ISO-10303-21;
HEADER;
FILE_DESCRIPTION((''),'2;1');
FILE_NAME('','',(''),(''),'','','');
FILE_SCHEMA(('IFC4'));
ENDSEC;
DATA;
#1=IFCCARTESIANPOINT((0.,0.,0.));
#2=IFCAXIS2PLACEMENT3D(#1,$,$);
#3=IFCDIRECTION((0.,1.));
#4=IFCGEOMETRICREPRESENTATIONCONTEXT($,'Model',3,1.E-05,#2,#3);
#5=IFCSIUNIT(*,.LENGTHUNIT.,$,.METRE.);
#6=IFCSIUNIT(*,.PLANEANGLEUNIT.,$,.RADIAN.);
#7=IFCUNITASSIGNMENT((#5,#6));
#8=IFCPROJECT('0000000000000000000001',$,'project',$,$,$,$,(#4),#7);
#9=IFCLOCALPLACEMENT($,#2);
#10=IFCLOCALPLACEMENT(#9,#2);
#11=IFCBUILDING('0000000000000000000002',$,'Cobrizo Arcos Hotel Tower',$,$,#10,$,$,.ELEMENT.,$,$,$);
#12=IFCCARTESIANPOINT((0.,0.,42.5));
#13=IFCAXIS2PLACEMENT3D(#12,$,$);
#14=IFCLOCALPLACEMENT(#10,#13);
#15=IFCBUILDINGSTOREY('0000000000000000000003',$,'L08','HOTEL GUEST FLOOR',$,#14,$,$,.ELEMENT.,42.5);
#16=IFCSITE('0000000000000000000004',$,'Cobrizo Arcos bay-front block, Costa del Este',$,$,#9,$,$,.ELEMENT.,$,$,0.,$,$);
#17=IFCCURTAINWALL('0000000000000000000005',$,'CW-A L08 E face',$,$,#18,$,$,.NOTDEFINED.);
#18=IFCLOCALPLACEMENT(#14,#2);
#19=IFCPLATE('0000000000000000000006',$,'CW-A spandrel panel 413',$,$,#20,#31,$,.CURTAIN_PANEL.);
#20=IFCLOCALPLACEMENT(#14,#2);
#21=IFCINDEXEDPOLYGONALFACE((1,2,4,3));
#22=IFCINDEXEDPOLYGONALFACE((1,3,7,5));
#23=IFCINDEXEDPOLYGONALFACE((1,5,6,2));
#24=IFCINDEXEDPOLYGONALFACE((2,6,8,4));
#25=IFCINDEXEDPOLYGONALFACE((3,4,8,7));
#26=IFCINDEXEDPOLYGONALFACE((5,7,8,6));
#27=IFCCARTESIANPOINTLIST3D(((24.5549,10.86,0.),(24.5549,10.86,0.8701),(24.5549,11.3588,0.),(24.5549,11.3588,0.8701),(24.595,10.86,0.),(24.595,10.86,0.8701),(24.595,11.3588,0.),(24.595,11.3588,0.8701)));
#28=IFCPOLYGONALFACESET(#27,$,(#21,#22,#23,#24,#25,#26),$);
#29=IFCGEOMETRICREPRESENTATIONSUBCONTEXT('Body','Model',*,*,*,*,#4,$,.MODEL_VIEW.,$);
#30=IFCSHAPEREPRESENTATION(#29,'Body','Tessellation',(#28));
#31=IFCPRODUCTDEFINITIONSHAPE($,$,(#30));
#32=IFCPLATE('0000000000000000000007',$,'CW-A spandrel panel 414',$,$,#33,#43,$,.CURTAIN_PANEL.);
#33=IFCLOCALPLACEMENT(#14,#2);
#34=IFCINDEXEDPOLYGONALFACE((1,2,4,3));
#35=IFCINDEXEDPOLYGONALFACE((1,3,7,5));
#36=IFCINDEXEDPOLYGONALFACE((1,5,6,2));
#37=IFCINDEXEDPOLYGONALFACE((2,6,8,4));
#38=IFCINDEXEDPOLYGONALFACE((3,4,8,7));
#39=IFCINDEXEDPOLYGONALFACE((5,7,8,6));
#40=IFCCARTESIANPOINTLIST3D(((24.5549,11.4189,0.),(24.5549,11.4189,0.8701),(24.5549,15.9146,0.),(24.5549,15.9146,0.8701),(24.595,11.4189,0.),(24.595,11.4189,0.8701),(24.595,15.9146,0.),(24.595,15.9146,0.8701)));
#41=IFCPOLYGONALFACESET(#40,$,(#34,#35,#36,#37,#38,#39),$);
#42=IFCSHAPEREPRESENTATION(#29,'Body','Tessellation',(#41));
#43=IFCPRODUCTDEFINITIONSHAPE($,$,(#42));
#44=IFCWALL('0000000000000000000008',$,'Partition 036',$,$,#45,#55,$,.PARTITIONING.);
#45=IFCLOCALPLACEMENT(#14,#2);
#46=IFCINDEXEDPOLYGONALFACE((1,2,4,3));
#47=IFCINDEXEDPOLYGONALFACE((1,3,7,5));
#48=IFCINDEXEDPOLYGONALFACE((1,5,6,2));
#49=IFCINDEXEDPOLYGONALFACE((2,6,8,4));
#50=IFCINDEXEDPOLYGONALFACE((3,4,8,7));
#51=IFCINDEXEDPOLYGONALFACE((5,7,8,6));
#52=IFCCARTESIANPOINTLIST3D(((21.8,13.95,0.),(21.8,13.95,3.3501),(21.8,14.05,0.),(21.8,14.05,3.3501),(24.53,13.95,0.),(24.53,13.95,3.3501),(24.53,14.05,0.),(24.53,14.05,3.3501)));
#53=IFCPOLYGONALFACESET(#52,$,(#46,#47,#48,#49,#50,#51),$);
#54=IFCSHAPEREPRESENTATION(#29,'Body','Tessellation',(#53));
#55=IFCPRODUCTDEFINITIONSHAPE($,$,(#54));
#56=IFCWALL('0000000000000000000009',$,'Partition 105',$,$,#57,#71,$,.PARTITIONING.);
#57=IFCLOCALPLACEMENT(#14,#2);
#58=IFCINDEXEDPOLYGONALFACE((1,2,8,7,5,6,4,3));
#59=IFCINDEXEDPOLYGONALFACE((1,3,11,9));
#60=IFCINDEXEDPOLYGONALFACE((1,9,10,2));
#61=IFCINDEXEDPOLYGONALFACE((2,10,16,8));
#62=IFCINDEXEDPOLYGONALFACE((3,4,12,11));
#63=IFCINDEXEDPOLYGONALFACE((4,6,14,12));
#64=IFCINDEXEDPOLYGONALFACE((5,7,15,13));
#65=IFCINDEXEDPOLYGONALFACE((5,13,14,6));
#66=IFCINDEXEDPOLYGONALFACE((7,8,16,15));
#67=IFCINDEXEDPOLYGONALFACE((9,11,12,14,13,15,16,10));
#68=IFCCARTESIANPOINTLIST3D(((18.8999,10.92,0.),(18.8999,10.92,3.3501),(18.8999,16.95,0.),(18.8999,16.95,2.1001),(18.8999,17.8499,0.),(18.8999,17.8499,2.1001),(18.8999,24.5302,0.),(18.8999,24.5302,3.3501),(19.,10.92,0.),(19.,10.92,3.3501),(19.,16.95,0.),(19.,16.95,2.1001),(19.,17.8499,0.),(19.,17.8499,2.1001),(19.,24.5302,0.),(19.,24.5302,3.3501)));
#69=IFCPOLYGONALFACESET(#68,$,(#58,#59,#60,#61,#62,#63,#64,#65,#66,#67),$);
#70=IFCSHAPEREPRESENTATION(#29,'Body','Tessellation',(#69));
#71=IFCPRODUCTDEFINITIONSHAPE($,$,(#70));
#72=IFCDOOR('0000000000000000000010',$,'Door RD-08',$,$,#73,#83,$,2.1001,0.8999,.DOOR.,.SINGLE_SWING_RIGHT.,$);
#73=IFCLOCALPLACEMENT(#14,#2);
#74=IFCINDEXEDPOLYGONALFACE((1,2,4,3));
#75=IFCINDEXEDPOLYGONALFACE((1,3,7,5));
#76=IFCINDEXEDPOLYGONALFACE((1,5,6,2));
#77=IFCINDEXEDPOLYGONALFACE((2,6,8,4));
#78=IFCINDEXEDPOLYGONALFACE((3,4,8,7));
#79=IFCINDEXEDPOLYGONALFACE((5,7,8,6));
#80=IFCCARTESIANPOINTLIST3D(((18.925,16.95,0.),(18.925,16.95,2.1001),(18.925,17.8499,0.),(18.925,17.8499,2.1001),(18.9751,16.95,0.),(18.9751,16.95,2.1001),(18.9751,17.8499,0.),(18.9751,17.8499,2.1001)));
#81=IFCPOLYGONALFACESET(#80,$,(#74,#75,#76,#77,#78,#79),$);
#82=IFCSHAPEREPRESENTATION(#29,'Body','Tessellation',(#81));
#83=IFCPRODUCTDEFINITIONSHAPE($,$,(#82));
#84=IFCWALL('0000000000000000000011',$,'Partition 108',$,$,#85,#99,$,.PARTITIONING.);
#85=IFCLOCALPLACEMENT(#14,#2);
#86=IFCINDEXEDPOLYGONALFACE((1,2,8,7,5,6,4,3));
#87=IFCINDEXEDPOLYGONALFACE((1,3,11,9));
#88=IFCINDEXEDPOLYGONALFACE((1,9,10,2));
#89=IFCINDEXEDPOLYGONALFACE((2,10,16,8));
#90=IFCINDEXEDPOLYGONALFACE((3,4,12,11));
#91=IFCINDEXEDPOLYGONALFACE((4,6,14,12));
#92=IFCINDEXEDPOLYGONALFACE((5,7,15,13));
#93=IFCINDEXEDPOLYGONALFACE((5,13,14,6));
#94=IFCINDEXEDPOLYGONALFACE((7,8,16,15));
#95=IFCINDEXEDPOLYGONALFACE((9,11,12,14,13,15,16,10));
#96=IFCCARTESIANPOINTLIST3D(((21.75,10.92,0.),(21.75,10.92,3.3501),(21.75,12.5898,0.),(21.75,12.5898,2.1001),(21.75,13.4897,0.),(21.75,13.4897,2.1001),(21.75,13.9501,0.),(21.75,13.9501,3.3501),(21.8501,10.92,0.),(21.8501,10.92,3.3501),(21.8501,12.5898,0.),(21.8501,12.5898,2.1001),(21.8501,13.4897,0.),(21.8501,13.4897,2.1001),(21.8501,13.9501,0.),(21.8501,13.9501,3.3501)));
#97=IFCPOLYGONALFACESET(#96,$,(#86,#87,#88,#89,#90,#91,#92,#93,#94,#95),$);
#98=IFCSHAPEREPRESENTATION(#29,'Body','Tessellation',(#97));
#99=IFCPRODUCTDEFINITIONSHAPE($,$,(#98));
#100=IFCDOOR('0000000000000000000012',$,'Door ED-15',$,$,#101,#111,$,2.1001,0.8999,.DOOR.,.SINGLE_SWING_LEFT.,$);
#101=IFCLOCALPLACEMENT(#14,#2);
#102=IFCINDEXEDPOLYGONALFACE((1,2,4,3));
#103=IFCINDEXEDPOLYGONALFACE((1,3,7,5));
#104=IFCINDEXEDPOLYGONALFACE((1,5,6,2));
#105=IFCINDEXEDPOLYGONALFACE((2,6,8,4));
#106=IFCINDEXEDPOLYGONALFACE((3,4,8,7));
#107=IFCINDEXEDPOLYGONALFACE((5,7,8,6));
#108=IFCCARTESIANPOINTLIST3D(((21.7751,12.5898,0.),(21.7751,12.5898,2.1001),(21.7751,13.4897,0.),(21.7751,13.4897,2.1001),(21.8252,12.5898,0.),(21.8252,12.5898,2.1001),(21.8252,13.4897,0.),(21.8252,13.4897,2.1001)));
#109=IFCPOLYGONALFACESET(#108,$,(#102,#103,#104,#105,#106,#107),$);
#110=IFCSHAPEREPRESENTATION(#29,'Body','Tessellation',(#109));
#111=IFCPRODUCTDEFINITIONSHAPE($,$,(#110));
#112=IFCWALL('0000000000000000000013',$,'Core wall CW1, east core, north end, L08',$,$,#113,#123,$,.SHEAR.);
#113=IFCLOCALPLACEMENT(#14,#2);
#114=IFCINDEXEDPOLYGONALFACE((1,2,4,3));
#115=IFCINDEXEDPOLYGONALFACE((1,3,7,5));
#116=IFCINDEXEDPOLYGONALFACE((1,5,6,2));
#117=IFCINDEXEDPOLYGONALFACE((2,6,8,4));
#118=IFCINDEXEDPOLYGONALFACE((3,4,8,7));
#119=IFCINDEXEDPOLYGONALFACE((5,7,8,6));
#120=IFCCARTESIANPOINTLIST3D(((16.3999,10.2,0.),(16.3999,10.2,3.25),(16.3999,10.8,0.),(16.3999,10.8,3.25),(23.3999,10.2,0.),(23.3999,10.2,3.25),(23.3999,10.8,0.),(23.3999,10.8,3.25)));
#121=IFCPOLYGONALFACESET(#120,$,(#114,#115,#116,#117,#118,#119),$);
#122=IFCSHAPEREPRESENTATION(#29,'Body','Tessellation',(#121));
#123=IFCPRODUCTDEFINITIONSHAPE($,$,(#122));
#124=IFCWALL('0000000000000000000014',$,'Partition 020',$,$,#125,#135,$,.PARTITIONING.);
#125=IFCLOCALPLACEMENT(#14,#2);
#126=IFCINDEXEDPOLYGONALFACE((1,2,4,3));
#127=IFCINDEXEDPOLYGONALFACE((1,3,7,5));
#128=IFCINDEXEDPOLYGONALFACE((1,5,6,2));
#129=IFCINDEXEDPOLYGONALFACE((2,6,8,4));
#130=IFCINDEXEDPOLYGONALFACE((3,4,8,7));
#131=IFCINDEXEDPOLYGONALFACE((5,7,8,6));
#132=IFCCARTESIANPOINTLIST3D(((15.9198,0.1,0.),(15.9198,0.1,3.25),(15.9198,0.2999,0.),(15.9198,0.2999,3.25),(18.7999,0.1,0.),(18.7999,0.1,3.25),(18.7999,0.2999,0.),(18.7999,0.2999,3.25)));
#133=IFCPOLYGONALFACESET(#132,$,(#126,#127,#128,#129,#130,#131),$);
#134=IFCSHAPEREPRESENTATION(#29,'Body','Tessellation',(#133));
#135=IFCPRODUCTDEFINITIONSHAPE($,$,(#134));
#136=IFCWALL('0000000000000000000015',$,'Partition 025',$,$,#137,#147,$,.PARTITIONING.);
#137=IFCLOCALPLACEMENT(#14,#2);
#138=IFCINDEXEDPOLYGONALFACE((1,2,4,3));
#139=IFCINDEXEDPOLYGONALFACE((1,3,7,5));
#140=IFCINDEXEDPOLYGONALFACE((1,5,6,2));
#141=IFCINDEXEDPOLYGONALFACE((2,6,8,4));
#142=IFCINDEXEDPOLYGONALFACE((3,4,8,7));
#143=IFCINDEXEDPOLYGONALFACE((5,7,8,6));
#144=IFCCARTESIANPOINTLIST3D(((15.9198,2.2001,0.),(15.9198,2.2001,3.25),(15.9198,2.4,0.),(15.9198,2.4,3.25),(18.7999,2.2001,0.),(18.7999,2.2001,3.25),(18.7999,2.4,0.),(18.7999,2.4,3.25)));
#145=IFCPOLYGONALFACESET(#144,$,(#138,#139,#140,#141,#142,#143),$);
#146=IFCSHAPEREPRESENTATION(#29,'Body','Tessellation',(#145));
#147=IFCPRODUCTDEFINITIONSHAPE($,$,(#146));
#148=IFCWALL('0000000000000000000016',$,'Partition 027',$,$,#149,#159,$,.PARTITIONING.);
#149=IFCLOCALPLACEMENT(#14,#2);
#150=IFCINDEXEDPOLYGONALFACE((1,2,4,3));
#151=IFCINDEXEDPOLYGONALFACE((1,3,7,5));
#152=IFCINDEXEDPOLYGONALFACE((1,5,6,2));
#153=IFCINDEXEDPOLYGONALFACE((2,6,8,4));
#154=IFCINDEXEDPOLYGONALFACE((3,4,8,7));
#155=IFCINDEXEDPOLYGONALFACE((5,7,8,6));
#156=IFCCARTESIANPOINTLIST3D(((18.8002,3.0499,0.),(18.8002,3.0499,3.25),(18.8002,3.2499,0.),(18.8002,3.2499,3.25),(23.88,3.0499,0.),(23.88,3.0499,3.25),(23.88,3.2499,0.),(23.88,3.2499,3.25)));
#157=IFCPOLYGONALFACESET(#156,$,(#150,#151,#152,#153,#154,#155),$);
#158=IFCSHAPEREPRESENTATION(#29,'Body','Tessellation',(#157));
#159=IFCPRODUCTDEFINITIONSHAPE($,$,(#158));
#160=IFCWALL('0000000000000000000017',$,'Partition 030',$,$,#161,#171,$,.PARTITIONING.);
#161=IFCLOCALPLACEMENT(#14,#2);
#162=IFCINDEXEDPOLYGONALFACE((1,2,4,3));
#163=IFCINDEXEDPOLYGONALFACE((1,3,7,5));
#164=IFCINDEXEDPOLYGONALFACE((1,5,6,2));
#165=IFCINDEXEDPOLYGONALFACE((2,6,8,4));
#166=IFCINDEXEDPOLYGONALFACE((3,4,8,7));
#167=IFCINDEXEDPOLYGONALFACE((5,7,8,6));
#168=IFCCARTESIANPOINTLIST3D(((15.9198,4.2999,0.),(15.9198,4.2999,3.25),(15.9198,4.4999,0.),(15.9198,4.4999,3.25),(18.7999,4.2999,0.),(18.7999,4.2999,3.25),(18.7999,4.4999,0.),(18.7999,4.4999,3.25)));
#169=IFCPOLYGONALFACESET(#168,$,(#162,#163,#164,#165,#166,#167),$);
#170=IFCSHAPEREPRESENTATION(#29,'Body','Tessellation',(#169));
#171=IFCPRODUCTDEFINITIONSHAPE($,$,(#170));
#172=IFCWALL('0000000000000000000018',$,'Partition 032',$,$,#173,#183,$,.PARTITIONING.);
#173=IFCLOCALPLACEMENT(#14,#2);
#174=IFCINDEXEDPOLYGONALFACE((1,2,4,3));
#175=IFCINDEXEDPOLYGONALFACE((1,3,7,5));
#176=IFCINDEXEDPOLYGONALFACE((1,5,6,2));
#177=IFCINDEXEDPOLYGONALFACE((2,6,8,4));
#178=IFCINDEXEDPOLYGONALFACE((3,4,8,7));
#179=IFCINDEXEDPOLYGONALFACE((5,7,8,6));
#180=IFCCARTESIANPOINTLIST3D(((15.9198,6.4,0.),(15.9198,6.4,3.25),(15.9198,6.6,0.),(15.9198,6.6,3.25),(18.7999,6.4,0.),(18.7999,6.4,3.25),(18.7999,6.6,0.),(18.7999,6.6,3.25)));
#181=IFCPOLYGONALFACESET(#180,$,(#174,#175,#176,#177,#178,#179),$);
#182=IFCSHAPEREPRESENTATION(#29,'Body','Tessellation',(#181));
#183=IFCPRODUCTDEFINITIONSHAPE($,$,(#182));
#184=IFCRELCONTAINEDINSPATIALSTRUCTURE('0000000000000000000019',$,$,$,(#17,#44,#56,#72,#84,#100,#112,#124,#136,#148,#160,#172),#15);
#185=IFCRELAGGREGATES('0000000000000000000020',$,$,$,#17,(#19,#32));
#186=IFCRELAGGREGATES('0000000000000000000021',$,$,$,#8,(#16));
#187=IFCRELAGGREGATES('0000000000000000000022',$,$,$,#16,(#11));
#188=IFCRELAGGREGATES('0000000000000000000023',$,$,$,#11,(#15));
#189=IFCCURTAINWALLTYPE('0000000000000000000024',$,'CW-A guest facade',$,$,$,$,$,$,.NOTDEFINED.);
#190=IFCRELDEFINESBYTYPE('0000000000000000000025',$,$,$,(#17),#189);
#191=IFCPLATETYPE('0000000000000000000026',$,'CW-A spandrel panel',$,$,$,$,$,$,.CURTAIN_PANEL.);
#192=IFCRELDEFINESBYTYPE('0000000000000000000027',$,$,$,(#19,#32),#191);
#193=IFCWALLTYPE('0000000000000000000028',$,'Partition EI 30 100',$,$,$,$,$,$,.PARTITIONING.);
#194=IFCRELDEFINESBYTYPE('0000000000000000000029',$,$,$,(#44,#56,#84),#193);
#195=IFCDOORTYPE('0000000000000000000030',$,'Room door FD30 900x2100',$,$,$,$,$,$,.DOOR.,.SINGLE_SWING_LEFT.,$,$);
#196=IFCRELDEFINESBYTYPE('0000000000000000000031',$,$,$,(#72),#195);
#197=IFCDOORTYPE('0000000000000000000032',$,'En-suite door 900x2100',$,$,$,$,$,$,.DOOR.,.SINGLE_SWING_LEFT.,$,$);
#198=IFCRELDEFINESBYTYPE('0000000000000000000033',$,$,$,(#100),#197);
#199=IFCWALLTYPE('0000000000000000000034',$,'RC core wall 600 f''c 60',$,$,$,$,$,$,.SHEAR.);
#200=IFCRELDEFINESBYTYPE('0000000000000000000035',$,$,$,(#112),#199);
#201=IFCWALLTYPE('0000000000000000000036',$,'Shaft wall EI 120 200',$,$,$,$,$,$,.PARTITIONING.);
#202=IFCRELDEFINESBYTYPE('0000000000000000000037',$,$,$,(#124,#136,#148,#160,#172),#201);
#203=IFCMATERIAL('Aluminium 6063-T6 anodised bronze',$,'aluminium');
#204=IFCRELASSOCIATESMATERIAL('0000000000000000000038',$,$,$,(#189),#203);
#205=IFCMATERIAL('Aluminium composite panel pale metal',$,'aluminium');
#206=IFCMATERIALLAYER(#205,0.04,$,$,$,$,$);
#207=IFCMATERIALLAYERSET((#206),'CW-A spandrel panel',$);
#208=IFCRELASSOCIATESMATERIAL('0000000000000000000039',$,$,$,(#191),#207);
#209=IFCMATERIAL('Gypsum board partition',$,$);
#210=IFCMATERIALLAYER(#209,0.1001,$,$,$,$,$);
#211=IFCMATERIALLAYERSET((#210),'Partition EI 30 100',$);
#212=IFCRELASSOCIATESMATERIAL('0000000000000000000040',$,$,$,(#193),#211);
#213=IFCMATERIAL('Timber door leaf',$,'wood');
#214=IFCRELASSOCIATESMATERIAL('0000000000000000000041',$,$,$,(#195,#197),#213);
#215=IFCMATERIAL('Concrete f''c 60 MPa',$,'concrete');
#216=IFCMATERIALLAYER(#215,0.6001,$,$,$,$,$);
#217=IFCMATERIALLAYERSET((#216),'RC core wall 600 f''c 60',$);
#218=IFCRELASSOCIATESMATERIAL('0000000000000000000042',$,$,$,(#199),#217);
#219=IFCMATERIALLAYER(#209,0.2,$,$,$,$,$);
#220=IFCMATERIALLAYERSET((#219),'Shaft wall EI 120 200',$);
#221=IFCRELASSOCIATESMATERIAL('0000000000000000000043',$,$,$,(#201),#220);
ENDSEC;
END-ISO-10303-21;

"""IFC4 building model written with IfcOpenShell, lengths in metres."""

from ifc_helpers import new_model, si_unit, direction, frame, frame_2d, origin, origin_2d, place, context, subcontext, project, spatial, rectangle, extrude, material, layer, layer_set, type_object, element, fill, aggregate, save


model = new_model("IFC4")

# Units and contexts
model_context = context("Model", 3, precision=1e-05, world=origin(), true_north=direction((0.0, 1.0)))
body_context = subcontext(model_context, "Body", "Model", "MODEL_VIEW")
ifc_project = project(units=[si_unit("LENGTHUNIT", "METRE"), si_unit("PLANEANGLEUNIT", "RADIAN")], contexts=[model_context])

# Site, building, storey
site_placement = place(None, origin())
site = spatial("IfcSite", under=ifc_project, at=site_placement, Name="Cobrizo Arcos bay-front block, Costa del Este", CompositionType="ELEMENT", RefElevation=0.0)
building_placement = place(site_placement, origin())
building = spatial("IfcBuilding", under=site, at=building_placement, Name="Cobrizo Arcos Hotel Tower", CompositionType="ELEMENT")
storey_placement = place(building_placement, frame((0.0, 0.0, 42.5)))
storey = spatial("IfcBuildingStorey", under=building, at=storey_placement, Name="L08", Description="HOTEL GUEST FLOOR", CompositionType="ELEMENT", Elevation=42.5)

# Curtain wall
ifc_material_1 = material(Name="Aluminium 6063-T6 anodised bronze", Category="aluminium")
curtain_wall_type = type_object("IfcCurtainWallType", Name="CW-A guest facade", PredefinedType="NOTDEFINED", material=ifc_material_1)
curtain_wall_placement = place(storey_placement, origin())
curtain_wall = element("IfcCurtainWall", 1, at=curtain_wall_placement, inside=storey, type_object=curtain_wall_type, Name="CW-A L08 E face", PredefinedType="NOTDEFINED")

# Plates
ifc_material_2 = material(Name="Aluminium composite panel pale metal", Category="aluminium")
ifc_layer_1 = layer(ifc_material_2, 0.04)
ifc_layer_set_1 = layer_set([ifc_layer_1], Name="CW-A spandrel panel")
plate_type_1 = type_object("IfcPlateType", Name="CW-A spandrel panel", PredefinedType="CURTAIN_PANEL", material=ifc_layer_set_1)
plate_1_placement = place(storey_placement, frame((24.575, 11.1094, 0.0), z_axis=(0.0, 0.0, 1.0), x_axis=(0.0, 1.0, 0.0)))
plate_1 = element("IfcPlate", 2, at=plate_1_placement, type_object=plate_type_1, Name="CW-A spandrel panel 413", PredefinedType="CURTAIN_PANEL", context=body_context, shape_type="SweptSolid", body=[
    extrude(rectangle(XDim=0.4988, YDim=0.04, at=origin_2d()), origin(), (0.0, 0.0, 1.0), 0.8701),
])
plate_2_placement = place(storey_placement, frame((24.575, 13.6667, 0.0), z_axis=(0.0, 0.0, 1.0), x_axis=(0.0, 1.0, 0.0)))
plate_2 = element("IfcPlate", 3, at=plate_2_placement, type_object=plate_type_1, Name="CW-A spandrel panel 414", PredefinedType="CURTAIN_PANEL", context=body_context, shape_type="SweptSolid", body=[
    extrude(rectangle(XDim=4.4956, YDim=0.04, at=origin_2d()), origin(), (0.0, 0.0, 1.0), 0.8701),
])
aggregate(curtain_wall, [plate_1, plate_2])

# Wall
ifc_material_3 = material(Name="Gypsum board partition")
ifc_layer_2 = layer(ifc_material_3, 0.1001)
ifc_layer_set_2 = layer_set([ifc_layer_2], Name="Partition EI 30 100")
wall_type_1 = type_object("IfcWallType", Name="Partition EI 30 100", PredefinedType="PARTITIONING", material=ifc_layer_set_2)
wall_1_placement = place(storey_placement, frame((21.8, 14.0, 0.0), z_axis=(0.0, 0.0, 1.0), x_axis=(1.0, 0.0, 0.0)))
element("IfcWall", 4, at=wall_1_placement, inside=storey, type_object=wall_type_1, Name="Partition 036", PredefinedType="PARTITIONING", context=body_context, shape_type="SweptSolid", body=[
    extrude(rectangle(XDim=2.73, YDim=0.1001, at=frame_2d((1.365, 0.0))), origin(), (0.0, 0.0, 1.0), 3.3501),
])

# Walls, openings, doors
wall_2_placement = place(storey_placement, frame((18.95, 10.9199, 0.0), z_axis=(0.0, 0.0, 1.0), x_axis=(0.0, 1.0, 0.0)))
wall_2 = element("IfcWall", 5, at=wall_2_placement, inside=storey, type_object=wall_type_1, Name="Partition 105", PredefinedType="PARTITIONING", context=body_context, shape_type="SweptSolid", body=[
    extrude(rectangle(XDim=13.6101, YDim=0.1001, at=frame_2d((6.8052, 0.0))), origin(), (0.0, 0.0, 1.0), 3.3501),
])
opening_1_placement = place(wall_2_placement, frame((6.03, 0.0, 0.0)))
opening_1 = element("IfcOpeningElement", 6, at=opening_1_placement, cuts=wall_2, PredefinedType="OPENING", context=body_context, shape_type="SweptSolid", body=[
    extrude(rectangle(XDim=0.8999, YDim=2.1001, at=frame_2d((0.45, 1.05))), frame((0.0, 0.062, 0.0), z_axis=(0.0, -1.0, 0.0), x_axis=(1.0, 0.0, 0.0)), (0.0, 0.0, 1.0), 0.124),
])
ifc_material_4 = material(Name="Timber door leaf", Category="wood")
door_type_1 = type_object("IfcDoorType", Name="Room door FD30 900x2100", OperationType="SINGLE_SWING_LEFT", PredefinedType="DOOR", material=ifc_material_4)
door_1_placement = place(opening_1_placement, origin())
door_1 = element("IfcDoor", 7, at=door_1_placement, inside=storey, type_object=door_type_1, Name="Door RD-08", OperationType="SINGLE_SWING_RIGHT", OverallHeight=2.1001, OverallWidth=0.8999, PredefinedType="DOOR", context=body_context, shape_type="SweptSolid", body=[
    extrude(rectangle(XDim=0.8999, YDim=2.1001, at=frame_2d((0.45, 1.05))), frame((0.0, 0.0249, 0.0), z_axis=(0.0, -1.0, 0.0), x_axis=(1.0, 0.0, 0.0)), (0.0, 0.0, 1.0), 0.05),
])
fill(opening_1, door_1)
wall_3_placement = place(storey_placement, frame((21.8, 10.9199, 0.0), z_axis=(0.0, 0.0, 1.0), x_axis=(0.0, 1.0, 0.0)))
wall_3 = element("IfcWall", 8, at=wall_3_placement, inside=storey, type_object=wall_type_1, Name="Partition 108", PredefinedType="PARTITIONING", context=body_context, shape_type="SweptSolid", body=[
    extrude(rectangle(XDim=3.03, YDim=0.1001, at=frame_2d((1.5151, 0.0))), origin(), (0.0, 0.0, 1.0), 3.3501),
])
opening_2_placement = place(wall_3_placement, frame((1.6699, 0.0, 0.0)))
opening_2 = element("IfcOpeningElement", 9, at=opening_2_placement, cuts=wall_3, PredefinedType="OPENING", context=body_context, shape_type="SweptSolid", body=[
    extrude(rectangle(XDim=0.8999, YDim=2.1001, at=frame_2d((0.45, 1.05))), frame((0.0, 0.062, 0.0), z_axis=(0.0, -1.0, 0.0), x_axis=(1.0, 0.0, 0.0)), (0.0, 0.0, 1.0), 0.124),
])
door_type_2 = type_object("IfcDoorType", Name="En-suite door 900x2100", OperationType="SINGLE_SWING_LEFT", PredefinedType="DOOR", material=ifc_material_4)
door_2_placement = place(opening_2_placement, origin())
door_2 = element("IfcDoor", 10, at=door_2_placement, inside=storey, type_object=door_type_2, Name="Door ED-15", OperationType="SINGLE_SWING_LEFT", OverallHeight=2.1001, OverallWidth=0.8999, PredefinedType="DOOR", context=body_context, shape_type="SweptSolid", body=[
    extrude(rectangle(XDim=0.8999, YDim=2.1001, at=frame_2d((0.45, 1.05))), frame((0.0, 0.0249, 0.0), z_axis=(0.0, -1.0, 0.0), x_axis=(1.0, 0.0, 0.0)), (0.0, 0.0, 1.0), 0.05),
])
fill(opening_2, door_2)

# Walls
ifc_material_5 = material(Name="Concrete f'c 60 MPa", Category="concrete")
ifc_layer_3 = layer(ifc_material_5, 0.6001)
ifc_layer_set_3 = layer_set([ifc_layer_3], Name="RC core wall 600 f'c 60")
wall_type_2 = type_object("IfcWallType", Name="RC core wall 600 f'c 60", PredefinedType="SHEAR", material=ifc_layer_set_3)
wall_4_placement = place(storey_placement, frame((16.3999, 10.5, 0.0), z_axis=(0.0, 0.0, 1.0), x_axis=(1.0, 0.0, 0.0)))
element("IfcWall", 11, at=wall_4_placement, inside=storey, type_object=wall_type_2, Name="Core wall CW1, east core, north end, L08", PredefinedType="SHEAR", context=body_context, shape_type="SweptSolid", body=[
    extrude(rectangle(XDim=7.0, YDim=0.6001, at=frame_2d((3.5, 0.0))), origin(), (0.0, 0.0, 1.0), 3.25),
])
ifc_layer_4 = layer(ifc_material_3, 0.2)
ifc_layer_set_4 = layer_set([ifc_layer_4], Name="Shaft wall EI 120 200")
wall_type_3 = type_object("IfcWallType", Name="Shaft wall EI 120 200", PredefinedType="PARTITIONING", material=ifc_layer_set_4)
for number, where, z_axis, x_axis, name in (
    (12, (15.9199, 0.2, 0.0), (0.0, 0.0, 1.0), (1.0, 0.0, 0.0), "Partition 020"),
    (13, (15.9199, 2.3, 0.0), (0.0, 0.0, 1.0), (1.0, 0.0, 0.0), "Partition 025"),
):
    element("IfcWall", number, at=place(storey_placement, frame(where, z_axis=z_axis, x_axis=x_axis)), inside=storey, type_object=wall_type_3, Name=name, PredefinedType="PARTITIONING", context=body_context, shape_type="SweptSolid", body=[
        extrude(rectangle(XDim=2.8801, YDim=0.2, at=frame_2d((1.4399, 0.0))), origin(), (0.0, 0.0, 1.0), 3.25),
    ])
wall_5_placement = place(storey_placement, frame((18.8, 3.1499, 0.0), z_axis=(0.0, 0.0, 1.0), x_axis=(1.0, 0.0, 0.0)))
element("IfcWall", 14, at=wall_5_placement, inside=storey, type_object=wall_type_3, Name="Partition 027", PredefinedType="PARTITIONING", context=body_context, shape_type="SweptSolid", body=[
    extrude(rectangle(XDim=5.0798, YDim=0.2, at=frame_2d((2.54, 0.0))), origin(), (0.0, 0.0, 1.0), 3.25),
])
for number, where, z_axis, x_axis, name in (
    (15, (15.9199, 4.3999, 0.0), (0.0, 0.0, 1.0), (1.0, 0.0, 0.0), "Partition 030"),
    (16, (15.9199, 6.5, 0.0), (0.0, 0.0, 1.0), (1.0, 0.0, 0.0), "Partition 032"),
):
    element("IfcWall", number, at=place(storey_placement, frame(where, z_axis=z_axis, x_axis=x_axis)), inside=storey, type_object=wall_type_3, Name=name, PredefinedType="PARTITIONING", context=body_context, shape_type="SweptSolid", body=[
        extrude(rectangle(XDim=2.8801, YDim=0.2, at=frame_2d((1.4399, 0.0))), origin(), (0.0, 0.0, 1.0), 3.25),
    ])

save(model, "model.ifc")
